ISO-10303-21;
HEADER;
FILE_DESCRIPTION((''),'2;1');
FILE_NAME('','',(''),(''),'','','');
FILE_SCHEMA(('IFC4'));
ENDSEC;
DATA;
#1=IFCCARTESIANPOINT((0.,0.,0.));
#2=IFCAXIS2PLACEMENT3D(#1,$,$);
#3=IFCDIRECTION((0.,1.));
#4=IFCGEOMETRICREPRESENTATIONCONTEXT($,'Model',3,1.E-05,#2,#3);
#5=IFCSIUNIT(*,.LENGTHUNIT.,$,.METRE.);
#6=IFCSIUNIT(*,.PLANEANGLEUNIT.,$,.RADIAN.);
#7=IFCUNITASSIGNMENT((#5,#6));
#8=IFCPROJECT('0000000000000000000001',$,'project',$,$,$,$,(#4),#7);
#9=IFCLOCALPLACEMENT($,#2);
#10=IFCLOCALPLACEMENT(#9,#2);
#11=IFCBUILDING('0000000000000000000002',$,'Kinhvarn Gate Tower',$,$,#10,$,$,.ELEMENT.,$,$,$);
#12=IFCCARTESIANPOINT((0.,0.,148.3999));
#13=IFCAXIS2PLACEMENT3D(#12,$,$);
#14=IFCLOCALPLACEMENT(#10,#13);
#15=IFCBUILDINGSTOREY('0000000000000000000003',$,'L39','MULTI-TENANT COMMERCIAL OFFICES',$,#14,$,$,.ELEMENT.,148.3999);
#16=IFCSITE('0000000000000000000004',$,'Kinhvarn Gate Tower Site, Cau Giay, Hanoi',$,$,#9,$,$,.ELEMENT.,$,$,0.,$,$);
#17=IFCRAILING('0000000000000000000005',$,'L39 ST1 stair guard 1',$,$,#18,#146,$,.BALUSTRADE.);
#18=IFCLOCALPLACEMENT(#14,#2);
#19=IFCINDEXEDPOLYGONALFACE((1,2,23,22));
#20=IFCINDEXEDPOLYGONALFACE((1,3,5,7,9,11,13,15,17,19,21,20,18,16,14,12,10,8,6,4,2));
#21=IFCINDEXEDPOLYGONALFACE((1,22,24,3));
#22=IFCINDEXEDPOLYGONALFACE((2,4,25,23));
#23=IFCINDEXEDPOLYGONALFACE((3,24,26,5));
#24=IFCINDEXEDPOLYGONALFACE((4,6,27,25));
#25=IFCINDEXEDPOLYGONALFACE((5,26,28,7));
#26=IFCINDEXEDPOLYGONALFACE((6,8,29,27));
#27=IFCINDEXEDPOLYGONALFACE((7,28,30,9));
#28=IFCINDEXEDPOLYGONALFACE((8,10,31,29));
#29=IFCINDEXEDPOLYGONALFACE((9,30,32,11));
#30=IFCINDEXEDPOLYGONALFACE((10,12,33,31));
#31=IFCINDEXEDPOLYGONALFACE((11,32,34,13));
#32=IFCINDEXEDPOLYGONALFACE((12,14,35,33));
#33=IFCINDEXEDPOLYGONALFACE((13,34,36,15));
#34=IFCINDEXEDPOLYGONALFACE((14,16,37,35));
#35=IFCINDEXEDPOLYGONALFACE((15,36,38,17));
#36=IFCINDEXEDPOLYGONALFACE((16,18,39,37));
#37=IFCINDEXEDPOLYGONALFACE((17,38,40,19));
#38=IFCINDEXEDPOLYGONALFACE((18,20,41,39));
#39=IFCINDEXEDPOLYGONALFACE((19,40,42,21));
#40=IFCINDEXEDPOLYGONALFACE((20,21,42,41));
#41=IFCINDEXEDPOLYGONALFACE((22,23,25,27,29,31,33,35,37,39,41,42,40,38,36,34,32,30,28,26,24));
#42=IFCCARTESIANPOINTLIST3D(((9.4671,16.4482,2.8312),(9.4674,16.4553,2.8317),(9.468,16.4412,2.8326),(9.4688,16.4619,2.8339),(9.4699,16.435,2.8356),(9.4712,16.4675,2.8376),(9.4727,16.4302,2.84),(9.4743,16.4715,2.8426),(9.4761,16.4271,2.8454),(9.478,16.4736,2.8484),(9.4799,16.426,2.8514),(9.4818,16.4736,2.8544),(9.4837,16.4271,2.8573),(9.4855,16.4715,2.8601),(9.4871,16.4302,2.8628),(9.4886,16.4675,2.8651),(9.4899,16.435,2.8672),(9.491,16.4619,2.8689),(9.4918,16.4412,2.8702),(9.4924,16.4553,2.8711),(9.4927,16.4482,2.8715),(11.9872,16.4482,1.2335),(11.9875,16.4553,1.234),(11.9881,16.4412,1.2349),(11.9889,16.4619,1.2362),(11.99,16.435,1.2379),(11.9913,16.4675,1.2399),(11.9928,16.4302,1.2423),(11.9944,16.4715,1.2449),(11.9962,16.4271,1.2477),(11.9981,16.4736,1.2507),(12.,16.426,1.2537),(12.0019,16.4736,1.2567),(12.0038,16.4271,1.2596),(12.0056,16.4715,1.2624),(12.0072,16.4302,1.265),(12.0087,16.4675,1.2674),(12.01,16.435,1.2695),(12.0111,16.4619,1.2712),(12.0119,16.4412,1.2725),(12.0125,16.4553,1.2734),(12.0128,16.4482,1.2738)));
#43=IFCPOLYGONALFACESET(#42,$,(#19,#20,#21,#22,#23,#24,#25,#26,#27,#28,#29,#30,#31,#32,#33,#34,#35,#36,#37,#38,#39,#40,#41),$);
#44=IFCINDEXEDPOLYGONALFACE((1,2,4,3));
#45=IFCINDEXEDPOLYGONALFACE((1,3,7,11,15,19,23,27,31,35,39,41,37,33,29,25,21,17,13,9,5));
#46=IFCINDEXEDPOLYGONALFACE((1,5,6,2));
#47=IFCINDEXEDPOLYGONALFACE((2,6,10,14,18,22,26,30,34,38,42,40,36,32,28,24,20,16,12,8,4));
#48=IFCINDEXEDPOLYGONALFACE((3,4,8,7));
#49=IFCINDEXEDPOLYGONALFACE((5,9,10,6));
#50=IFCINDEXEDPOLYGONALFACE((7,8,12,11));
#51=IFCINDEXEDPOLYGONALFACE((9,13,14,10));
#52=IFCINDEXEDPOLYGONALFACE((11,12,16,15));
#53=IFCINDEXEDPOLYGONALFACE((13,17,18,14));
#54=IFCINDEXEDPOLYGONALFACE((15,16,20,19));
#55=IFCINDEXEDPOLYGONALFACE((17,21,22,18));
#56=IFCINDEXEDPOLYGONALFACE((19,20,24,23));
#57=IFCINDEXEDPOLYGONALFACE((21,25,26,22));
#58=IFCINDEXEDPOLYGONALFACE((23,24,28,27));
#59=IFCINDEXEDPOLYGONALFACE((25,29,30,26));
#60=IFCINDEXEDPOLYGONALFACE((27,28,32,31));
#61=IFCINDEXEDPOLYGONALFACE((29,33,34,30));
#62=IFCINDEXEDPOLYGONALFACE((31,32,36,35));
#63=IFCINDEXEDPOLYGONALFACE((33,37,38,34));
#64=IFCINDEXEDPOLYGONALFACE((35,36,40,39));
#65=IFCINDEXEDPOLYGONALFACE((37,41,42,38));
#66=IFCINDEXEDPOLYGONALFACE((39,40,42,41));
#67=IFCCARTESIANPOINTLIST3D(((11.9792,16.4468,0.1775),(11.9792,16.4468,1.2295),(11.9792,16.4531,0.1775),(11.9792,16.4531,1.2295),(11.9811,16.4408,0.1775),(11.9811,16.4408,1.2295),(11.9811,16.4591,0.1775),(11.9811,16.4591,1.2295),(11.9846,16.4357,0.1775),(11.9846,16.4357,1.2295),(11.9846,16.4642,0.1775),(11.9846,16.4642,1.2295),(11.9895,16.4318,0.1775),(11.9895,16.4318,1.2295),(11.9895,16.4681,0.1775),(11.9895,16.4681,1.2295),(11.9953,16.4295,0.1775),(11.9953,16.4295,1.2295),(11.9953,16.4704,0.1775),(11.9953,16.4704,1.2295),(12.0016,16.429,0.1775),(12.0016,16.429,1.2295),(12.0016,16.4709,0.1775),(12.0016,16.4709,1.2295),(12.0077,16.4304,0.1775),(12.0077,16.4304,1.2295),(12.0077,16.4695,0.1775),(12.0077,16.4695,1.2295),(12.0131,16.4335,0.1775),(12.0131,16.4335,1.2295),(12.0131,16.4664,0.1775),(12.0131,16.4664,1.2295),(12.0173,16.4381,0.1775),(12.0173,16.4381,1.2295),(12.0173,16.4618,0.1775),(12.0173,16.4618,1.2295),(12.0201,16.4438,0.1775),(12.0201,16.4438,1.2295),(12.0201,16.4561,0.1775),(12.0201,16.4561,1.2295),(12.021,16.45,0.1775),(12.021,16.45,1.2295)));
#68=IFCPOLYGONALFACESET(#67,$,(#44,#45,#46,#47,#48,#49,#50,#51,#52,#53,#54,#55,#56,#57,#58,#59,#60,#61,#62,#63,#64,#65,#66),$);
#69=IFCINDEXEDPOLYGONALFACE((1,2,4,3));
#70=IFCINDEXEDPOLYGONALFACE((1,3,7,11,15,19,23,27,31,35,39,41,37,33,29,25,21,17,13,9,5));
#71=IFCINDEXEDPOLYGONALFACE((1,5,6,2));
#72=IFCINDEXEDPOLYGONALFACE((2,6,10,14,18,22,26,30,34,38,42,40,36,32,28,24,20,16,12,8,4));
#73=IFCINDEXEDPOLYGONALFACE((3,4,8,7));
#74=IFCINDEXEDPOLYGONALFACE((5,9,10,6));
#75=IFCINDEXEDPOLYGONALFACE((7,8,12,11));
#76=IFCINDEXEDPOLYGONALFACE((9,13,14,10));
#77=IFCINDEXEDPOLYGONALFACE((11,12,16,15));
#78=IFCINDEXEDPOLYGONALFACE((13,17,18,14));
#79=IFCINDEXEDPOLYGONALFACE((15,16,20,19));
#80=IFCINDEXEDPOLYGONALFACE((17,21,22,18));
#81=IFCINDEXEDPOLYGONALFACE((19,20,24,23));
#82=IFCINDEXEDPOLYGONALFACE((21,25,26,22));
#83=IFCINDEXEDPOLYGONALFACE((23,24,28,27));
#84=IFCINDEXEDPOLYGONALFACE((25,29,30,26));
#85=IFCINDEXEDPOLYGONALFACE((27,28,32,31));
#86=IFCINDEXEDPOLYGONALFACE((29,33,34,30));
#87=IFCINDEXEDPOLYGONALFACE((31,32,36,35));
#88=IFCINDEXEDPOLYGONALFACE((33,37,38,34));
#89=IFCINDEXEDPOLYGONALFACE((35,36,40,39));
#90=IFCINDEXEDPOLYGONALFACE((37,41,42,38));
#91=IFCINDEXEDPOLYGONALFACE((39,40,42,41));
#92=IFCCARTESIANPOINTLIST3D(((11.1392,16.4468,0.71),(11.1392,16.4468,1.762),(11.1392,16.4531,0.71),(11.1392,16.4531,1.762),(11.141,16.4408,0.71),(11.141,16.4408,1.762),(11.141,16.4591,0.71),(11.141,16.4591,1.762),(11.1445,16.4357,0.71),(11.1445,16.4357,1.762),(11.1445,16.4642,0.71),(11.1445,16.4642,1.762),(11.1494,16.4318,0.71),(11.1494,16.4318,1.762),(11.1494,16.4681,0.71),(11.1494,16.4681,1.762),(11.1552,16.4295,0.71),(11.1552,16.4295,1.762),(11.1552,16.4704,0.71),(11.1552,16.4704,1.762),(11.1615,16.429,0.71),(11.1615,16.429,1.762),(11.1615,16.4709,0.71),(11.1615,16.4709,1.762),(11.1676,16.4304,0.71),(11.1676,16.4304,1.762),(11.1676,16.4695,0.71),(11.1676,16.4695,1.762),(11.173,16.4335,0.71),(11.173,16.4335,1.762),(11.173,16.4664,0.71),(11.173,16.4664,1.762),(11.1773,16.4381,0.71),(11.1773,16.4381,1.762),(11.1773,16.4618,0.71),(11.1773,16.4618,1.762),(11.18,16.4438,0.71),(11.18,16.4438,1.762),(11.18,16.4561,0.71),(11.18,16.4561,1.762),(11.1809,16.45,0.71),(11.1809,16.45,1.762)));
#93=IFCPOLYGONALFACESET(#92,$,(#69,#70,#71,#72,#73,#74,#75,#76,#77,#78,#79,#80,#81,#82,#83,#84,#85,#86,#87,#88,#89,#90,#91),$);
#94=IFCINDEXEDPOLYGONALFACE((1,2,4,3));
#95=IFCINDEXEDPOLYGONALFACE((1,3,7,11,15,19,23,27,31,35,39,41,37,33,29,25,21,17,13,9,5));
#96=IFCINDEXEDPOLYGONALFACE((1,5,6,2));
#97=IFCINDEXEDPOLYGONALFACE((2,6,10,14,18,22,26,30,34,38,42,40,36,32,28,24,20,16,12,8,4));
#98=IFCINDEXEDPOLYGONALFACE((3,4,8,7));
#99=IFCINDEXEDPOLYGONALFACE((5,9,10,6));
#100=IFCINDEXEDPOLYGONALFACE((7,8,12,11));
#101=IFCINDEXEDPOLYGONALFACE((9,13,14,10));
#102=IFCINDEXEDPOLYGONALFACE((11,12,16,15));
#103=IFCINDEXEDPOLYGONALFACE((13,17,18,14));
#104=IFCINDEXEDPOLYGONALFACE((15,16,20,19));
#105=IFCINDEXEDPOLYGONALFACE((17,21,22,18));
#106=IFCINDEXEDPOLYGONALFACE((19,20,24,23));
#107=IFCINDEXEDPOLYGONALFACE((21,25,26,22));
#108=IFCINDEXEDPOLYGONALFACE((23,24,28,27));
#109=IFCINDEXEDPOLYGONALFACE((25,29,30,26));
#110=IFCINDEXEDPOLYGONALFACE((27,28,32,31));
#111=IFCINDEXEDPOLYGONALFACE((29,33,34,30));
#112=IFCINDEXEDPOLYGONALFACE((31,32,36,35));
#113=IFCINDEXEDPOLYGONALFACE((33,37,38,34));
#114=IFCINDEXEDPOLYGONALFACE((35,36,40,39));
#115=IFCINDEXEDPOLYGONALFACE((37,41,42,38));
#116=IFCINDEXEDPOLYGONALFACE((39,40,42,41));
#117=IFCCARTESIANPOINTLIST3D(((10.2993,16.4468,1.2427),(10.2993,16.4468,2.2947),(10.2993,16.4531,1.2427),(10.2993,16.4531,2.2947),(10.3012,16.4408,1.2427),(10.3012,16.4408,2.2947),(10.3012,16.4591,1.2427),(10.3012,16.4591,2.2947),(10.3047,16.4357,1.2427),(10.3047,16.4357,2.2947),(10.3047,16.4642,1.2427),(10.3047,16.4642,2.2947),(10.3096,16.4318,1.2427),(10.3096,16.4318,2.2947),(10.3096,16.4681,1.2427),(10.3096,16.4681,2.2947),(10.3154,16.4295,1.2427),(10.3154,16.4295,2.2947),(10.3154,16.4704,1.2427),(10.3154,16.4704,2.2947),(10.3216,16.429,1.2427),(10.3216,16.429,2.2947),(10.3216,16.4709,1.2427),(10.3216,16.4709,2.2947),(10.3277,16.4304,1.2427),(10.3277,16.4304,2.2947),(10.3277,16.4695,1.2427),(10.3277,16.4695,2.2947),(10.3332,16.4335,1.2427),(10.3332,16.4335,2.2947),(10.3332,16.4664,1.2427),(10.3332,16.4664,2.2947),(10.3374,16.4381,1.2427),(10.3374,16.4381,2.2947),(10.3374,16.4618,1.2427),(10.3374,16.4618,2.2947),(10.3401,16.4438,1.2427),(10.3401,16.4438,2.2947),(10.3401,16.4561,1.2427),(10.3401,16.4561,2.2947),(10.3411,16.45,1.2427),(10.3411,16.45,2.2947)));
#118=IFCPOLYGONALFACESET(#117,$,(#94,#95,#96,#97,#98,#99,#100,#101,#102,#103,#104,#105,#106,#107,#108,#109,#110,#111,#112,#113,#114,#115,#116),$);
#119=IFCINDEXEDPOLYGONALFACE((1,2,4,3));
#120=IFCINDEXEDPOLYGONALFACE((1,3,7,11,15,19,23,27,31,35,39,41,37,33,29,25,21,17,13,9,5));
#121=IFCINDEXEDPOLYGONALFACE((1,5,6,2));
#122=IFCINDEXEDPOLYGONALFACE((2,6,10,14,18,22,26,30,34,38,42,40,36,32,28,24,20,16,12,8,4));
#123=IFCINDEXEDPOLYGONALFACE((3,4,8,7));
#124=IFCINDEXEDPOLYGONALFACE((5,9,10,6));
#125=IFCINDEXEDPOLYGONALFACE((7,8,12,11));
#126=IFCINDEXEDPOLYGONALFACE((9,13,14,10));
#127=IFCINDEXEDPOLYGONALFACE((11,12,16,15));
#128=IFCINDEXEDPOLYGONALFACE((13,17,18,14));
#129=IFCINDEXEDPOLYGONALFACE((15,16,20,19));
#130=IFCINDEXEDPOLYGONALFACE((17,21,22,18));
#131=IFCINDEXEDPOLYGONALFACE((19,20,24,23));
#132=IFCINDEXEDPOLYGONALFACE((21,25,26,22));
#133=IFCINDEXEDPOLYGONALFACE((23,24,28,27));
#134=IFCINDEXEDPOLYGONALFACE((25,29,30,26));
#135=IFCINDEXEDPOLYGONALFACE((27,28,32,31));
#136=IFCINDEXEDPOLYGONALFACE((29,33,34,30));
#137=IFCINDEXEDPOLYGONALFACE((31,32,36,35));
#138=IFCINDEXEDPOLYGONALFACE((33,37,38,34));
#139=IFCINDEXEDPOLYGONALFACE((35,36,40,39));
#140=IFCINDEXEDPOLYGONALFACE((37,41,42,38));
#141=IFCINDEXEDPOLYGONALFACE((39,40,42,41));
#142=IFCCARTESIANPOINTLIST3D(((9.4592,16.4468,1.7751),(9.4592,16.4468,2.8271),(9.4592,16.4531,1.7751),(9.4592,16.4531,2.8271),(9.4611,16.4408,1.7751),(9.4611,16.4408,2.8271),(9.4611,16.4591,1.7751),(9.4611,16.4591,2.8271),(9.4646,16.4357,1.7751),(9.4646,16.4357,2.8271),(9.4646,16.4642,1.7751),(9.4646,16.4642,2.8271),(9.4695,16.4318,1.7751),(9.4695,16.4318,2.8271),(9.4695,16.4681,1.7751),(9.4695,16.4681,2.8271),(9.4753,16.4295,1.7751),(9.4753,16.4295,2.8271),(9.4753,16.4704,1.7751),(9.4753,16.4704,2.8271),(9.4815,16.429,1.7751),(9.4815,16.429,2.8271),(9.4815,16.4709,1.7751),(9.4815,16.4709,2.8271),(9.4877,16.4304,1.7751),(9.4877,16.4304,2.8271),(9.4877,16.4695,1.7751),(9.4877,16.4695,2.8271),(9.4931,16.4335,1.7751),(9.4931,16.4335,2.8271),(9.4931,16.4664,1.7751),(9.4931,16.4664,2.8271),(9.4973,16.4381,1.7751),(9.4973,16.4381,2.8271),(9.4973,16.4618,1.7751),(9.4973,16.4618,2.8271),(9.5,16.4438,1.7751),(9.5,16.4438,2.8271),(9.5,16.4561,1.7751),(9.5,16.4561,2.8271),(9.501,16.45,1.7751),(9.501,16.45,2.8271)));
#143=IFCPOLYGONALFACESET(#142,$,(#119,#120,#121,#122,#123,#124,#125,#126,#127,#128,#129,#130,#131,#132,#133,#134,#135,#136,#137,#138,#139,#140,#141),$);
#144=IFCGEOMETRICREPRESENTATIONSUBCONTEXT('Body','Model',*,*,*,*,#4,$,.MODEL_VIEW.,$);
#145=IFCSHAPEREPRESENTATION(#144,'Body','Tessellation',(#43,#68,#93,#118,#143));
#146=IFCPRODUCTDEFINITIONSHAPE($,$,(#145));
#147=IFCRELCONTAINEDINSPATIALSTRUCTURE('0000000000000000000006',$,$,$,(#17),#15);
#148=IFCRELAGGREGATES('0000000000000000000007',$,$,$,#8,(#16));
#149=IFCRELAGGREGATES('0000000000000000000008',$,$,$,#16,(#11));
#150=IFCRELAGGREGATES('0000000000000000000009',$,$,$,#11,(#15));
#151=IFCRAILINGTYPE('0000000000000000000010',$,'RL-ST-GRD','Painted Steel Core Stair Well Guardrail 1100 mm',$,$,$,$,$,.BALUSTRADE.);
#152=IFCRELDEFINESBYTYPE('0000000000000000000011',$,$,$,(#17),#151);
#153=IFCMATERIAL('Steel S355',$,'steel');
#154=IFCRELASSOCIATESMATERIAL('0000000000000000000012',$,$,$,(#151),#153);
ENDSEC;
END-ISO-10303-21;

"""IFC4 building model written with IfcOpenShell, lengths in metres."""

from ifc_helpers import new_model, si_unit, direction, frame, origin, origin_2d, place, context, subcontext, project, spatial, circle, extrude, material, type_object, element, save


model = new_model("IFC4")

# Units and contexts
model_context = context("Model", 3, precision=1e-05, world=origin(), true_north=direction((0.0, 1.0)))
body_context = subcontext(model_context, "Body", "Model", "MODEL_VIEW")
ifc_project = project(units=[si_unit("LENGTHUNIT", "METRE"), si_unit("PLANEANGLEUNIT", "RADIAN")], contexts=[model_context])

# Site, building, storey
site_placement = place(None, origin())
site = spatial("IfcSite", under=ifc_project, at=site_placement, Name="Kinhvarn Gate Tower Site, Cau Giay, Hanoi", CompositionType="ELEMENT", RefElevation=0.0)
building_placement = place(site_placement, origin())
building = spatial("IfcBuilding", under=site, at=building_placement, Name="Kinhvarn Gate Tower", CompositionType="ELEMENT")
storey_placement = place(building_placement, frame((0.0, 0.0, 148.3999)))
storey = spatial("IfcBuildingStorey", under=building, at=storey_placement, Name="L39", Description="MULTI-TENANT COMMERCIAL OFFICES", CompositionType="ELEMENT", Elevation=148.3999)

# Shared definitions
ifc_material_1 = material(Name="Steel S355", Category="steel")

# Railing
railing_type_1 = type_object("IfcRailingType", Name="RL-ST-GRD", Description="Painted Steel Core Stair Well Guardrail 1100 mm", PredefinedType="BALUSTRADE", material=ifc_material_1)
railing_1_placement = place(storey_placement, frame((12.0, 16.45, 0.1775)))
element("IfcRailing", 1, at=railing_1_placement, inside=storey, type_object=railing_type_1, Name="L39 ST1 stair guard 1", PredefinedType="BALUSTRADE", context=body_context, shape_type="SweptSolid", body=[
    extrude(circle(Radius=0.0239, at=origin_2d()), frame((0.0, 0.0, 1.0762), z_axis=(-0.84457, 0.0, 0.535445), x_axis=(0.0, -1.0, 0.0)), (0.0, 0.0, 1.0), 2.9839),
    extrude(circle(Radius=0.021, at=origin_2d()), origin(), (0.0, 0.0, 1.0), 1.052),
    extrude(circle(Radius=0.021, at=origin_2d()), frame((-0.8401, 0.0, 0.5325)), (0.0, 0.0, 1.0), 1.052),
    extrude(circle(Radius=0.021, at=origin_2d()), frame((-1.6799, 0.0, 1.0652)), (0.0, 0.0, 1.0), 1.052),
    extrude(circle(Radius=0.021, at=origin_2d()), frame((-2.52, 0.0, 1.5977)), (0.0, 0.0, 1.0), 1.052),
])

save(model, "model.ifc")
